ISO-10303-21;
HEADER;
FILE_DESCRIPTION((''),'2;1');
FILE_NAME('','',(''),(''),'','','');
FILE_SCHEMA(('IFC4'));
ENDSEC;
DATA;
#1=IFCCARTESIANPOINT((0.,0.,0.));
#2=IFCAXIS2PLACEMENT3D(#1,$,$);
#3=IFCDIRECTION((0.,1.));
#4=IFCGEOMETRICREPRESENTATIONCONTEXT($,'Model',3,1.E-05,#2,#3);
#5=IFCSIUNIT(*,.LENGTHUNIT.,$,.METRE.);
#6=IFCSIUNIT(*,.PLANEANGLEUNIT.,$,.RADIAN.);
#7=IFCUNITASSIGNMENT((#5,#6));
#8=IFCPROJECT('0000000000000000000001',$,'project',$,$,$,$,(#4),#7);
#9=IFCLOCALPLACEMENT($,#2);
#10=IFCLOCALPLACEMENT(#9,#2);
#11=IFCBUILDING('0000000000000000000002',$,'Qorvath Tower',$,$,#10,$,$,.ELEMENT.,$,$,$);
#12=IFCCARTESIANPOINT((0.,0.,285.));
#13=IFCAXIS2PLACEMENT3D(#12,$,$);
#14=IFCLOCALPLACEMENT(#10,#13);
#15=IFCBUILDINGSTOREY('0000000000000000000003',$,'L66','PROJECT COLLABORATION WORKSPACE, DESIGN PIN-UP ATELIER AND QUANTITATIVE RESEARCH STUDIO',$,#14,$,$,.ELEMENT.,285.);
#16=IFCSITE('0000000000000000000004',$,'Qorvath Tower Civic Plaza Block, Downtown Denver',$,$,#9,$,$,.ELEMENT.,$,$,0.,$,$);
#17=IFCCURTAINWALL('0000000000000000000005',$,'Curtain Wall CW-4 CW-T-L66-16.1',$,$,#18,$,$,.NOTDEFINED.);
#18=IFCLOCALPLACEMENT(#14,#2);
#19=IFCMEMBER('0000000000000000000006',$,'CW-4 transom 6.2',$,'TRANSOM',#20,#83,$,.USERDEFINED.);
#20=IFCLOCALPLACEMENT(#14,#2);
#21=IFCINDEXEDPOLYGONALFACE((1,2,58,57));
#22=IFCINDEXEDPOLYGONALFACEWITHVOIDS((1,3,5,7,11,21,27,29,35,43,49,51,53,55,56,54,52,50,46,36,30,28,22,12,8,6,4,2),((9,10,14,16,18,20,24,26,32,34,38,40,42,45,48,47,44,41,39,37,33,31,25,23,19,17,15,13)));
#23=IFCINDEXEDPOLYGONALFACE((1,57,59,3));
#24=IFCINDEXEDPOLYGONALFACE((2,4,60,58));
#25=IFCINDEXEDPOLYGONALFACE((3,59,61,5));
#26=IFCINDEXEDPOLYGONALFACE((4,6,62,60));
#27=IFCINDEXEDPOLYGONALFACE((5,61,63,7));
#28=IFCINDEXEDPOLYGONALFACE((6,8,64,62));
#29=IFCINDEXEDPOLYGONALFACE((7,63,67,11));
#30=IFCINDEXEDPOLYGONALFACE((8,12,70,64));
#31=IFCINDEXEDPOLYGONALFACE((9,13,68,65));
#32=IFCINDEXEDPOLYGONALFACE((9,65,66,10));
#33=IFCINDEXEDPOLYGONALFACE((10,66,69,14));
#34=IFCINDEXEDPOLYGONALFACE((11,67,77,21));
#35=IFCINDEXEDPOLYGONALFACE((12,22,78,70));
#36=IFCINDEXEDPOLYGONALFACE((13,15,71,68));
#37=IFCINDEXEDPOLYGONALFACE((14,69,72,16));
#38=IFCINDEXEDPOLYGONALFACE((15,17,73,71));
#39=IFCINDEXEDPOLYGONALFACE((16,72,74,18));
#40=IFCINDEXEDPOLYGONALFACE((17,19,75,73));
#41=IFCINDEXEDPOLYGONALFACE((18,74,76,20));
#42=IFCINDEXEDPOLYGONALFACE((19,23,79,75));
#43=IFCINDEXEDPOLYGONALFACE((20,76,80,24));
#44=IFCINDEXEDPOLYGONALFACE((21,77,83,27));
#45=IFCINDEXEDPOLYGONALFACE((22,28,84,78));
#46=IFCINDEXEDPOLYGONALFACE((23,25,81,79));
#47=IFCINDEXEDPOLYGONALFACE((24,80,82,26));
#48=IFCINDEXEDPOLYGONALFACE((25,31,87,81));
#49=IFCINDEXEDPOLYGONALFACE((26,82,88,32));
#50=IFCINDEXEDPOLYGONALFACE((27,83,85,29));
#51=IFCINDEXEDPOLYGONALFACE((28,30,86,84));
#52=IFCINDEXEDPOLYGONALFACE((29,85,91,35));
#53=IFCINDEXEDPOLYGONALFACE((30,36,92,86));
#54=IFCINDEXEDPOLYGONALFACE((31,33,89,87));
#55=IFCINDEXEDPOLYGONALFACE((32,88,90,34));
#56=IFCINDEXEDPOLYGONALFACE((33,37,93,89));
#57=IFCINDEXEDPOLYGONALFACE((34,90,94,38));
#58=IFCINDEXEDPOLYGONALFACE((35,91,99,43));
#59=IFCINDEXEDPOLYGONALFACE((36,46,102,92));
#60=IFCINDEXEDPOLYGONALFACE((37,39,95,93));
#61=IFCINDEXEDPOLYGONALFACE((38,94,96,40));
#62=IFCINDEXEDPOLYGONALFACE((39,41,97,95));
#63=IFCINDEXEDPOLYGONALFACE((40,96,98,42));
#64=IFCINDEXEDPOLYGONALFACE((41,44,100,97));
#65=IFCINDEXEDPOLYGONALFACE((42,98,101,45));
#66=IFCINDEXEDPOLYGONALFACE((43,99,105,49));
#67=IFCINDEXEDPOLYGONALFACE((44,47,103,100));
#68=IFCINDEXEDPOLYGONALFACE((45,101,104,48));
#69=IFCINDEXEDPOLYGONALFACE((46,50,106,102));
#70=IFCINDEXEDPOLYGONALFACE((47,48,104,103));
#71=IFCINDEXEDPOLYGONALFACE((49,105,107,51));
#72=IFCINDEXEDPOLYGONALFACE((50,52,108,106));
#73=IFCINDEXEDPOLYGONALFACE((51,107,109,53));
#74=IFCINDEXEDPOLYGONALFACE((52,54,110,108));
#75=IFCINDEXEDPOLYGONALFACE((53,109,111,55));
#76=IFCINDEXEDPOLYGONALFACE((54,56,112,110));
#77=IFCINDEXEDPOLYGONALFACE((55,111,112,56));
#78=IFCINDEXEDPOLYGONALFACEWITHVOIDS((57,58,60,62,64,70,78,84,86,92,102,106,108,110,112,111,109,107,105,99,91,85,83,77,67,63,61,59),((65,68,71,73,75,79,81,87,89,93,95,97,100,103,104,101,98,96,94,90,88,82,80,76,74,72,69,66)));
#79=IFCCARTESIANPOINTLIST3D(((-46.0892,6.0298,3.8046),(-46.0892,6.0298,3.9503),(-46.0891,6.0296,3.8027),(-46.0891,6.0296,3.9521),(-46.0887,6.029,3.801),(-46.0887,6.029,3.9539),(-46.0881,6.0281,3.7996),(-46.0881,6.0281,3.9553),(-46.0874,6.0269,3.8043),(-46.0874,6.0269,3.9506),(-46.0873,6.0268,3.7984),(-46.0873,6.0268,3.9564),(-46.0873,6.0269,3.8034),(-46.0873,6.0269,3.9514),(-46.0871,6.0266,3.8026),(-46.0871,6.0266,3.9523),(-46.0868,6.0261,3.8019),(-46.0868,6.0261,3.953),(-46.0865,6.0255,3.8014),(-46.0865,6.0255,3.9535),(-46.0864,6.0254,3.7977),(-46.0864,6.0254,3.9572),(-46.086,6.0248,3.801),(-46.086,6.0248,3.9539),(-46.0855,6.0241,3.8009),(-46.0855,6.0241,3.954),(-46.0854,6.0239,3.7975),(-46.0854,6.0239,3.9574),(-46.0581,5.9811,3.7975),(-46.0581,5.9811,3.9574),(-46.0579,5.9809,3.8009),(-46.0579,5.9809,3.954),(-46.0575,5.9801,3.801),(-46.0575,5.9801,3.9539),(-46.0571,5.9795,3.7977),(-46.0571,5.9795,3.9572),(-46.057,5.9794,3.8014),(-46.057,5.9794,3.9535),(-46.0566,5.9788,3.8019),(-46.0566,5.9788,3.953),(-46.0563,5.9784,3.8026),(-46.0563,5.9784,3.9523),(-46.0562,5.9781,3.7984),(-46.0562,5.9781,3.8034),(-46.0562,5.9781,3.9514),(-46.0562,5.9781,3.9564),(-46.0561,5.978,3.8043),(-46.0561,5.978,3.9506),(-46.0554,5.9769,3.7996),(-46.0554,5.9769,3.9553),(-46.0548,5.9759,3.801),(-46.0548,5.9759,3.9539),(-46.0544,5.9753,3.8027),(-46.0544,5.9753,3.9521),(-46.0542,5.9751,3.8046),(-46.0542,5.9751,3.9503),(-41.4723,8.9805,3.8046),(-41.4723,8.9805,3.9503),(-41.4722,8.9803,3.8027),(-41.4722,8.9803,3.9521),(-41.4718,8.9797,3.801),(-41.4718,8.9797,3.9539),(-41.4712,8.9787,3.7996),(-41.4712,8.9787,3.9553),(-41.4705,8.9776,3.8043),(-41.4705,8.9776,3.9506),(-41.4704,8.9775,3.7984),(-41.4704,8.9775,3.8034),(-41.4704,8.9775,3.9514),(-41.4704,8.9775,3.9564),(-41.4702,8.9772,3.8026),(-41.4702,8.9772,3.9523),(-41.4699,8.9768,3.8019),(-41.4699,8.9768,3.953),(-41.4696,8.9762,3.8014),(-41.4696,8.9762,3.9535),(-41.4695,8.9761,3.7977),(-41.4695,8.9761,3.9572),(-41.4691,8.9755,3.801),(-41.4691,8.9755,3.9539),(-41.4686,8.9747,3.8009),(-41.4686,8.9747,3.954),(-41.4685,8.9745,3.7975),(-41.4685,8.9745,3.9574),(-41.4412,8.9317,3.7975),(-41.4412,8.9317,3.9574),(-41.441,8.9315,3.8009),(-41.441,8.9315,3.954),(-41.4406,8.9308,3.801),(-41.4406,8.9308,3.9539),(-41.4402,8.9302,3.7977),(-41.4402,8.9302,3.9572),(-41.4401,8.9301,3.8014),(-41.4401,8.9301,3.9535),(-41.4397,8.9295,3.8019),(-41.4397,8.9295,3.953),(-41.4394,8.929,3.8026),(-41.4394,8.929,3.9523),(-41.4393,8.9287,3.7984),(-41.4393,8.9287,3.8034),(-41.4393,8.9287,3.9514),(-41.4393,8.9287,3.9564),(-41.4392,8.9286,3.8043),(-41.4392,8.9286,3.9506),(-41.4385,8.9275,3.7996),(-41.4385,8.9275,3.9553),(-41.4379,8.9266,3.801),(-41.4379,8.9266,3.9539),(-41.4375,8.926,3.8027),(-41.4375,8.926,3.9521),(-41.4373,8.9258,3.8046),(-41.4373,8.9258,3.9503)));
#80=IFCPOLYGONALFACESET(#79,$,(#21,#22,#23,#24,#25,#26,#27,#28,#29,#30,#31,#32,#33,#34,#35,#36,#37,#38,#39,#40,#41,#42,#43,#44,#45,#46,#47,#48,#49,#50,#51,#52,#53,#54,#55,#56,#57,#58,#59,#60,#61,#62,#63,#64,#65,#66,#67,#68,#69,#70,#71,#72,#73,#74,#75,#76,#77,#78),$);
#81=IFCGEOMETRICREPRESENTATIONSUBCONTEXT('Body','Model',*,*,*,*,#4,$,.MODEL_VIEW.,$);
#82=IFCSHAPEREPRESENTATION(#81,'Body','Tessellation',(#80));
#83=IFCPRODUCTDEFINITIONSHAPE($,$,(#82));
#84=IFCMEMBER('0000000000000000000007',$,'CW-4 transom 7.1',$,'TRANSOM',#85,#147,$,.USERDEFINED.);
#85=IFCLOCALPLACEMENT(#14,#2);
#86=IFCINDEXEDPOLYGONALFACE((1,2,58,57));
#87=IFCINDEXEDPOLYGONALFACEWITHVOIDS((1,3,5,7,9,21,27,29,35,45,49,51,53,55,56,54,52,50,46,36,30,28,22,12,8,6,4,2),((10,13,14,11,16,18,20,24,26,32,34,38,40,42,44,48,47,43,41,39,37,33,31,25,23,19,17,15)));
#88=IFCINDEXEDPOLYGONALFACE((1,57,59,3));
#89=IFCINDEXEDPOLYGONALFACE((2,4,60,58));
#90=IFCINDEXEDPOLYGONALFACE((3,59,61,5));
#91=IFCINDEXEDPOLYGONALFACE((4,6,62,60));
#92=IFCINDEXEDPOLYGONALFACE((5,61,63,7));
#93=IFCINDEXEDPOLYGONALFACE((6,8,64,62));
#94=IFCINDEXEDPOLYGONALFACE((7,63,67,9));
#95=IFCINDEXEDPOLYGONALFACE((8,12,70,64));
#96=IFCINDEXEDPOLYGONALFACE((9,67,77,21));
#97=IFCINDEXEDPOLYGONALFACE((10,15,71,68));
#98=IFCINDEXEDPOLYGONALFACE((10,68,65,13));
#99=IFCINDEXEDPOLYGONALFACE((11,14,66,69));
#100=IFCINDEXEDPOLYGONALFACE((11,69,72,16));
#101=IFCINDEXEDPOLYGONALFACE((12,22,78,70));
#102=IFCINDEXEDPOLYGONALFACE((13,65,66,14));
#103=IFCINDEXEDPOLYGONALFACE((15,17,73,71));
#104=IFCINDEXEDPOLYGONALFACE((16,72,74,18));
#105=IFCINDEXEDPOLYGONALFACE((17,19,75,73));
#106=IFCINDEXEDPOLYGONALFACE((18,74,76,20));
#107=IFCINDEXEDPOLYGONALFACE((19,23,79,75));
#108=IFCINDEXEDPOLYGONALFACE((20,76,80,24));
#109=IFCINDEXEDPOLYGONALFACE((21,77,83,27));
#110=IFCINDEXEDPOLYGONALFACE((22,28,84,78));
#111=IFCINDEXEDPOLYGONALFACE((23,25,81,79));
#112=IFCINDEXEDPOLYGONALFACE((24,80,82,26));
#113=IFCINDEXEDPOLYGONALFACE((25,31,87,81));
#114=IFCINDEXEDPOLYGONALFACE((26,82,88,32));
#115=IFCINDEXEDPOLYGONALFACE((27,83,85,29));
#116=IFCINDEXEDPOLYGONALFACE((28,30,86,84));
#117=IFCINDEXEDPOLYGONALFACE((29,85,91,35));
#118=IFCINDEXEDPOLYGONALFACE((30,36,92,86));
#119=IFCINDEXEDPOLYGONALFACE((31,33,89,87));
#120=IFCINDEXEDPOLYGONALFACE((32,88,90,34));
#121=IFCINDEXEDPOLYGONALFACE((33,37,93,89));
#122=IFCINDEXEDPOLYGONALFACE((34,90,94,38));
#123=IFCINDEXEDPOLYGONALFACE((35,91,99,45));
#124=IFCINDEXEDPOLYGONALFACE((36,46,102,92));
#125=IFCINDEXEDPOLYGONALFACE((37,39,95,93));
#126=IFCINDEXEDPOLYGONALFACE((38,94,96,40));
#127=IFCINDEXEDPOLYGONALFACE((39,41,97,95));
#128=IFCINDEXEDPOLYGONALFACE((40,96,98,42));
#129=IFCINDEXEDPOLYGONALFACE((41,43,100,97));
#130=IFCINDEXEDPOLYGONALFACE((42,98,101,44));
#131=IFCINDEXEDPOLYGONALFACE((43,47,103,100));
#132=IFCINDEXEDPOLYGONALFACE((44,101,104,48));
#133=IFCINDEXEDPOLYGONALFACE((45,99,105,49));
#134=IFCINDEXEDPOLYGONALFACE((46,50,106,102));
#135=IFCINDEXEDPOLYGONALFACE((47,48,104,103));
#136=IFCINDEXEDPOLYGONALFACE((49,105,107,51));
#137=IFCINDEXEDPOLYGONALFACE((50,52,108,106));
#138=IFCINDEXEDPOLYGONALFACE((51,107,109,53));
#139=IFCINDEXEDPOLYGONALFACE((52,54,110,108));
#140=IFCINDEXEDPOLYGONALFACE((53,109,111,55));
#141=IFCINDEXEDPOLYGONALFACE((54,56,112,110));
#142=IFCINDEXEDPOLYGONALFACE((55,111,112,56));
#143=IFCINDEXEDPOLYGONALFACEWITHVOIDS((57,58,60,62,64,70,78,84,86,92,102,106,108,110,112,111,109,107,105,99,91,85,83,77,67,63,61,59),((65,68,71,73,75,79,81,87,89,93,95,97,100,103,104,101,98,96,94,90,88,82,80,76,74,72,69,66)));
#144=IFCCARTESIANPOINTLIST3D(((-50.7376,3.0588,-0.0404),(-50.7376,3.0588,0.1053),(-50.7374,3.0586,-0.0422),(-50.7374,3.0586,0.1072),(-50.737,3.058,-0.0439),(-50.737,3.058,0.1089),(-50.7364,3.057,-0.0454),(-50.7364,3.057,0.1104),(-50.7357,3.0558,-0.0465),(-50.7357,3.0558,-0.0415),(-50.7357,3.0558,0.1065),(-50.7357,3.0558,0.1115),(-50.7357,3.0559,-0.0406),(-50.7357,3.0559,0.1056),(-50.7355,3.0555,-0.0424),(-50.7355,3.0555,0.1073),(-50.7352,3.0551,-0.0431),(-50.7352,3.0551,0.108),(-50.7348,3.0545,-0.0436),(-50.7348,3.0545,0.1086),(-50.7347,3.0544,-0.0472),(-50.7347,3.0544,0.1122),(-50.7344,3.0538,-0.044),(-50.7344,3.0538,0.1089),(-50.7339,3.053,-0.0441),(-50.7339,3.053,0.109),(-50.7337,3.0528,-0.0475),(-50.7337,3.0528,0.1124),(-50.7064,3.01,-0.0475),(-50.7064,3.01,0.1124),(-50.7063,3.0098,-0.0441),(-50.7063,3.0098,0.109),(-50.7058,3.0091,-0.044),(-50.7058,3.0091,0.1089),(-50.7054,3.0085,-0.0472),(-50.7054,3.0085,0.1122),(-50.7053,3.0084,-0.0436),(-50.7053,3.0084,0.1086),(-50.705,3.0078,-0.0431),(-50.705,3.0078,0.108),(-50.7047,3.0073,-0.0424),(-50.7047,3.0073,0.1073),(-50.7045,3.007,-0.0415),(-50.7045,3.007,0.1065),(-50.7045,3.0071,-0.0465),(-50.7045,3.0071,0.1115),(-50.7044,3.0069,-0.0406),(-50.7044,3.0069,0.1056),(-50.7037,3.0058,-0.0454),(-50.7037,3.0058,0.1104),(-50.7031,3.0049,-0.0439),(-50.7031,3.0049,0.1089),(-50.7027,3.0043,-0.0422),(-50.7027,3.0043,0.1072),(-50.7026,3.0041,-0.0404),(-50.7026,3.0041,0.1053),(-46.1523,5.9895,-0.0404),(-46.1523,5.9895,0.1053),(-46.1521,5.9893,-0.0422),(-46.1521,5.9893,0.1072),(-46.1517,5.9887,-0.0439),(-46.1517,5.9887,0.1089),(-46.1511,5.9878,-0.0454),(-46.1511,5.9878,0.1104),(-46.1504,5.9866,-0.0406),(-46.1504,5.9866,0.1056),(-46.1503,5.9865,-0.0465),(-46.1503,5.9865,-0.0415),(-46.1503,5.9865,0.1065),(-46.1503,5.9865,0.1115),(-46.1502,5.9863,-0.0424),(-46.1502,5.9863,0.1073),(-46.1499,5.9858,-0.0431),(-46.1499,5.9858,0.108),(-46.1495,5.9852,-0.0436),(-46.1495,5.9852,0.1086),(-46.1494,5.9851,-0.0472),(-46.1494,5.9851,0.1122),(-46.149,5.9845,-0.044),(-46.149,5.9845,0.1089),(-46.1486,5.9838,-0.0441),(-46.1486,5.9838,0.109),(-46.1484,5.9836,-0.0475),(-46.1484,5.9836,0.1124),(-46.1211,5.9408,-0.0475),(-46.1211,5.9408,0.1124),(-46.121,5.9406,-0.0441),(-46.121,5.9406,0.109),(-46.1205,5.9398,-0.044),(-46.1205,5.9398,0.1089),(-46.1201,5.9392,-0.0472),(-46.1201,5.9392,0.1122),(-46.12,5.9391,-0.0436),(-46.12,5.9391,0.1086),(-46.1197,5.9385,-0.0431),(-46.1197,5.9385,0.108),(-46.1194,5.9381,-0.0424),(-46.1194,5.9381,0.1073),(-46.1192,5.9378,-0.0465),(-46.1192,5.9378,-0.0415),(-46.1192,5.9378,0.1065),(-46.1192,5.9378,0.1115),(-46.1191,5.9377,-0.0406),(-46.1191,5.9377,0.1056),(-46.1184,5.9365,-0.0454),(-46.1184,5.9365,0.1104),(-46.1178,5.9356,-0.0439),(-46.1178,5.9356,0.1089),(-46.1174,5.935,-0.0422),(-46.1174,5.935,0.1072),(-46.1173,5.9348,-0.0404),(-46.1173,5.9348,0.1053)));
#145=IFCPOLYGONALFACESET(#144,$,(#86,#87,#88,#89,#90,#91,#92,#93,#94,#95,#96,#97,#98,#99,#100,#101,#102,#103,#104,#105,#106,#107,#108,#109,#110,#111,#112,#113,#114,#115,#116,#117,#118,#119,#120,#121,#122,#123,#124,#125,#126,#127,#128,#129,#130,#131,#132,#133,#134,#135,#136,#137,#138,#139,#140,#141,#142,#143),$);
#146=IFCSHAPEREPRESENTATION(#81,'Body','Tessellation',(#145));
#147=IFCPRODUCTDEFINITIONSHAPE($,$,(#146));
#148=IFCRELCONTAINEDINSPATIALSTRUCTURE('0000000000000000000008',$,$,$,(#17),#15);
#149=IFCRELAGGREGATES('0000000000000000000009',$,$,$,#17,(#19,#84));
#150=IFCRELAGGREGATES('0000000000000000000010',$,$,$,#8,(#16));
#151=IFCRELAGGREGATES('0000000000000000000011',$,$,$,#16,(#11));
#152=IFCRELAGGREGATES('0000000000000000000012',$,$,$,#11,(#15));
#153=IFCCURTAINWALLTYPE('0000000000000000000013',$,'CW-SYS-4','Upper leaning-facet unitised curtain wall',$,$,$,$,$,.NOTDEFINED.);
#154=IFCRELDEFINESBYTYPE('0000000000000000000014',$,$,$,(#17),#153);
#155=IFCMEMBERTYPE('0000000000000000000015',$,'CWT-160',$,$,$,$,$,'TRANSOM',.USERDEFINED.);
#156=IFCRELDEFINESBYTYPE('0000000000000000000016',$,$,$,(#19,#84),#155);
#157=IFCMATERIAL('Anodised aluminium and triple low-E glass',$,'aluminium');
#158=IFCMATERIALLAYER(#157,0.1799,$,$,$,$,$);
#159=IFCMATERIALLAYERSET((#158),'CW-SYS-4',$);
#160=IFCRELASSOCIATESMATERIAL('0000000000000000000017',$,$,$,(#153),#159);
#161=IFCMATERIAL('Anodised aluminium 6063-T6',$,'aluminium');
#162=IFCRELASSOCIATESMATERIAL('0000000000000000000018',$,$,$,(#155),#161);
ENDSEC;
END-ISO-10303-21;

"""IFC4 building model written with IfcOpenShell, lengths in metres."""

from ifc_helpers import new_model, si_unit, direction, frame, origin, origin_2d, place, context, subcontext, project, spatial, hollow_rectangle, extrude, material, layer, layer_set, material_profile, profile_set, type_object, element, aggregate, save


model = new_model("IFC4")

# Units and contexts
model_context = context("Model", 3, precision=1e-05, world=origin(), true_north=direction((0.0, 1.0)))
body_context = subcontext(model_context, "Body", "Model", "MODEL_VIEW")
ifc_project = project(units=[si_unit("LENGTHUNIT", "METRE"), si_unit("PLANEANGLEUNIT", "RADIAN")], contexts=[model_context])

# Site, building, storey
site_placement = place(None, origin())
site = spatial("IfcSite", under=ifc_project, at=site_placement, Name="Qorvath Tower Civic Plaza Block, Downtown Denver", CompositionType="ELEMENT", RefElevation=0.0)
building_placement = place(site_placement, origin())
building = spatial("IfcBuilding", under=site, at=building_placement, Name="Qorvath Tower", CompositionType="ELEMENT")
storey_placement = place(building_placement, frame((0.0, 0.0, 285.0)))
storey = spatial("IfcBuildingStorey", under=building, at=storey_placement, Name="L66", Description="PROJECT COLLABORATION WORKSPACE, DESIGN PIN-UP ATELIER AND QUANTITATIVE RESEARCH STUDIO", CompositionType="ELEMENT", Elevation=285.0)

# Curtain wall, members
ifc_material_1 = material(Name="Anodised aluminium and triple low-E glass", Category="aluminium")
ifc_layer_1 = layer(ifc_material_1, 0.1799)
ifc_layer_set_1 = layer_set([ifc_layer_1], Name="CW-SYS-4")
curtain_wall_type = type_object("IfcCurtainWallType", Name="CW-SYS-4", Description="Upper leaning-facet unitised curtain wall", PredefinedType="NOTDEFINED", material=ifc_layer_set_1)
curtain_wall_placement = place(storey_placement, origin())
curtain_wall = element("IfcCurtainWall", 1, at=curtain_wall_placement, inside=storey, type_object=curtain_wall_type, Name="Curtain Wall CW-4 CW-T-L66-16.1", PredefinedType="NOTDEFINED")
ifc_material_2 = material(Name="Anodised aluminium 6063-T6", Category="aluminium")
ifc_material_profile_1 = material_profile(ifc_material_2, hollow_rectangle(XDim=0.0649, YDim=0.1599, WallThickness=0.0034, InnerFilletRadius=0.0034, OuterFilletRadius=0.0071, at=origin_2d()), Name="CWT 160x65")
ifc_profile_set_1 = profile_set([ifc_material_profile_1], Name="Anodised aluminium 6063-T6")
member_type_1 = type_object("IfcMemberType", Name="CWT-160", ElementType="TRANSOM", PredefinedType="USERDEFINED", material=ifc_profile_set_1)
member_1_placement = place(storey_placement, frame((-41.4548, 8.9531, 3.8774), z_axis=(-0.842616, -0.538515, 0.0), x_axis=(0.538515, -0.842616, 0.0)))
member_1 = element("IfcMember", 2, at=member_1_placement, type_object=member_type_1, Name="CW-4 transom 6.2", ObjectType="TRANSOM", PredefinedType="USERDEFINED", context=body_context, shape_type="SweptSolid", body=[
    extrude(hollow_rectangle(XDim=0.0649, YDim=0.1599, WallThickness=0.0034, InnerFilletRadius=0.0034, OuterFilletRadius=0.0071, at=origin_2d()), origin(), (0.0, 0.0, 1.0), 5.4792),
])
member_2_placement = place(storey_placement, frame((-46.1348, 5.9622, 0.0325), z_axis=(-0.842594, -0.538549, 0.0), x_axis=(0.538549, -0.842594, 0.0)))
member_2 = element("IfcMember", 3, at=member_2_placement, type_object=member_type_1, Name="CW-4 transom 7.1", ObjectType="TRANSOM", PredefinedType="USERDEFINED", context=body_context, shape_type="SweptSolid", body=[
    extrude(hollow_rectangle(XDim=0.0649, YDim=0.1599, WallThickness=0.0034, InnerFilletRadius=0.0034, OuterFilletRadius=0.0071, at=origin_2d()), origin(), (0.0, 0.0, 1.0), 5.4419),
])
aggregate(curtain_wall, [member_1, member_2])

save(model, "model.ifc")
